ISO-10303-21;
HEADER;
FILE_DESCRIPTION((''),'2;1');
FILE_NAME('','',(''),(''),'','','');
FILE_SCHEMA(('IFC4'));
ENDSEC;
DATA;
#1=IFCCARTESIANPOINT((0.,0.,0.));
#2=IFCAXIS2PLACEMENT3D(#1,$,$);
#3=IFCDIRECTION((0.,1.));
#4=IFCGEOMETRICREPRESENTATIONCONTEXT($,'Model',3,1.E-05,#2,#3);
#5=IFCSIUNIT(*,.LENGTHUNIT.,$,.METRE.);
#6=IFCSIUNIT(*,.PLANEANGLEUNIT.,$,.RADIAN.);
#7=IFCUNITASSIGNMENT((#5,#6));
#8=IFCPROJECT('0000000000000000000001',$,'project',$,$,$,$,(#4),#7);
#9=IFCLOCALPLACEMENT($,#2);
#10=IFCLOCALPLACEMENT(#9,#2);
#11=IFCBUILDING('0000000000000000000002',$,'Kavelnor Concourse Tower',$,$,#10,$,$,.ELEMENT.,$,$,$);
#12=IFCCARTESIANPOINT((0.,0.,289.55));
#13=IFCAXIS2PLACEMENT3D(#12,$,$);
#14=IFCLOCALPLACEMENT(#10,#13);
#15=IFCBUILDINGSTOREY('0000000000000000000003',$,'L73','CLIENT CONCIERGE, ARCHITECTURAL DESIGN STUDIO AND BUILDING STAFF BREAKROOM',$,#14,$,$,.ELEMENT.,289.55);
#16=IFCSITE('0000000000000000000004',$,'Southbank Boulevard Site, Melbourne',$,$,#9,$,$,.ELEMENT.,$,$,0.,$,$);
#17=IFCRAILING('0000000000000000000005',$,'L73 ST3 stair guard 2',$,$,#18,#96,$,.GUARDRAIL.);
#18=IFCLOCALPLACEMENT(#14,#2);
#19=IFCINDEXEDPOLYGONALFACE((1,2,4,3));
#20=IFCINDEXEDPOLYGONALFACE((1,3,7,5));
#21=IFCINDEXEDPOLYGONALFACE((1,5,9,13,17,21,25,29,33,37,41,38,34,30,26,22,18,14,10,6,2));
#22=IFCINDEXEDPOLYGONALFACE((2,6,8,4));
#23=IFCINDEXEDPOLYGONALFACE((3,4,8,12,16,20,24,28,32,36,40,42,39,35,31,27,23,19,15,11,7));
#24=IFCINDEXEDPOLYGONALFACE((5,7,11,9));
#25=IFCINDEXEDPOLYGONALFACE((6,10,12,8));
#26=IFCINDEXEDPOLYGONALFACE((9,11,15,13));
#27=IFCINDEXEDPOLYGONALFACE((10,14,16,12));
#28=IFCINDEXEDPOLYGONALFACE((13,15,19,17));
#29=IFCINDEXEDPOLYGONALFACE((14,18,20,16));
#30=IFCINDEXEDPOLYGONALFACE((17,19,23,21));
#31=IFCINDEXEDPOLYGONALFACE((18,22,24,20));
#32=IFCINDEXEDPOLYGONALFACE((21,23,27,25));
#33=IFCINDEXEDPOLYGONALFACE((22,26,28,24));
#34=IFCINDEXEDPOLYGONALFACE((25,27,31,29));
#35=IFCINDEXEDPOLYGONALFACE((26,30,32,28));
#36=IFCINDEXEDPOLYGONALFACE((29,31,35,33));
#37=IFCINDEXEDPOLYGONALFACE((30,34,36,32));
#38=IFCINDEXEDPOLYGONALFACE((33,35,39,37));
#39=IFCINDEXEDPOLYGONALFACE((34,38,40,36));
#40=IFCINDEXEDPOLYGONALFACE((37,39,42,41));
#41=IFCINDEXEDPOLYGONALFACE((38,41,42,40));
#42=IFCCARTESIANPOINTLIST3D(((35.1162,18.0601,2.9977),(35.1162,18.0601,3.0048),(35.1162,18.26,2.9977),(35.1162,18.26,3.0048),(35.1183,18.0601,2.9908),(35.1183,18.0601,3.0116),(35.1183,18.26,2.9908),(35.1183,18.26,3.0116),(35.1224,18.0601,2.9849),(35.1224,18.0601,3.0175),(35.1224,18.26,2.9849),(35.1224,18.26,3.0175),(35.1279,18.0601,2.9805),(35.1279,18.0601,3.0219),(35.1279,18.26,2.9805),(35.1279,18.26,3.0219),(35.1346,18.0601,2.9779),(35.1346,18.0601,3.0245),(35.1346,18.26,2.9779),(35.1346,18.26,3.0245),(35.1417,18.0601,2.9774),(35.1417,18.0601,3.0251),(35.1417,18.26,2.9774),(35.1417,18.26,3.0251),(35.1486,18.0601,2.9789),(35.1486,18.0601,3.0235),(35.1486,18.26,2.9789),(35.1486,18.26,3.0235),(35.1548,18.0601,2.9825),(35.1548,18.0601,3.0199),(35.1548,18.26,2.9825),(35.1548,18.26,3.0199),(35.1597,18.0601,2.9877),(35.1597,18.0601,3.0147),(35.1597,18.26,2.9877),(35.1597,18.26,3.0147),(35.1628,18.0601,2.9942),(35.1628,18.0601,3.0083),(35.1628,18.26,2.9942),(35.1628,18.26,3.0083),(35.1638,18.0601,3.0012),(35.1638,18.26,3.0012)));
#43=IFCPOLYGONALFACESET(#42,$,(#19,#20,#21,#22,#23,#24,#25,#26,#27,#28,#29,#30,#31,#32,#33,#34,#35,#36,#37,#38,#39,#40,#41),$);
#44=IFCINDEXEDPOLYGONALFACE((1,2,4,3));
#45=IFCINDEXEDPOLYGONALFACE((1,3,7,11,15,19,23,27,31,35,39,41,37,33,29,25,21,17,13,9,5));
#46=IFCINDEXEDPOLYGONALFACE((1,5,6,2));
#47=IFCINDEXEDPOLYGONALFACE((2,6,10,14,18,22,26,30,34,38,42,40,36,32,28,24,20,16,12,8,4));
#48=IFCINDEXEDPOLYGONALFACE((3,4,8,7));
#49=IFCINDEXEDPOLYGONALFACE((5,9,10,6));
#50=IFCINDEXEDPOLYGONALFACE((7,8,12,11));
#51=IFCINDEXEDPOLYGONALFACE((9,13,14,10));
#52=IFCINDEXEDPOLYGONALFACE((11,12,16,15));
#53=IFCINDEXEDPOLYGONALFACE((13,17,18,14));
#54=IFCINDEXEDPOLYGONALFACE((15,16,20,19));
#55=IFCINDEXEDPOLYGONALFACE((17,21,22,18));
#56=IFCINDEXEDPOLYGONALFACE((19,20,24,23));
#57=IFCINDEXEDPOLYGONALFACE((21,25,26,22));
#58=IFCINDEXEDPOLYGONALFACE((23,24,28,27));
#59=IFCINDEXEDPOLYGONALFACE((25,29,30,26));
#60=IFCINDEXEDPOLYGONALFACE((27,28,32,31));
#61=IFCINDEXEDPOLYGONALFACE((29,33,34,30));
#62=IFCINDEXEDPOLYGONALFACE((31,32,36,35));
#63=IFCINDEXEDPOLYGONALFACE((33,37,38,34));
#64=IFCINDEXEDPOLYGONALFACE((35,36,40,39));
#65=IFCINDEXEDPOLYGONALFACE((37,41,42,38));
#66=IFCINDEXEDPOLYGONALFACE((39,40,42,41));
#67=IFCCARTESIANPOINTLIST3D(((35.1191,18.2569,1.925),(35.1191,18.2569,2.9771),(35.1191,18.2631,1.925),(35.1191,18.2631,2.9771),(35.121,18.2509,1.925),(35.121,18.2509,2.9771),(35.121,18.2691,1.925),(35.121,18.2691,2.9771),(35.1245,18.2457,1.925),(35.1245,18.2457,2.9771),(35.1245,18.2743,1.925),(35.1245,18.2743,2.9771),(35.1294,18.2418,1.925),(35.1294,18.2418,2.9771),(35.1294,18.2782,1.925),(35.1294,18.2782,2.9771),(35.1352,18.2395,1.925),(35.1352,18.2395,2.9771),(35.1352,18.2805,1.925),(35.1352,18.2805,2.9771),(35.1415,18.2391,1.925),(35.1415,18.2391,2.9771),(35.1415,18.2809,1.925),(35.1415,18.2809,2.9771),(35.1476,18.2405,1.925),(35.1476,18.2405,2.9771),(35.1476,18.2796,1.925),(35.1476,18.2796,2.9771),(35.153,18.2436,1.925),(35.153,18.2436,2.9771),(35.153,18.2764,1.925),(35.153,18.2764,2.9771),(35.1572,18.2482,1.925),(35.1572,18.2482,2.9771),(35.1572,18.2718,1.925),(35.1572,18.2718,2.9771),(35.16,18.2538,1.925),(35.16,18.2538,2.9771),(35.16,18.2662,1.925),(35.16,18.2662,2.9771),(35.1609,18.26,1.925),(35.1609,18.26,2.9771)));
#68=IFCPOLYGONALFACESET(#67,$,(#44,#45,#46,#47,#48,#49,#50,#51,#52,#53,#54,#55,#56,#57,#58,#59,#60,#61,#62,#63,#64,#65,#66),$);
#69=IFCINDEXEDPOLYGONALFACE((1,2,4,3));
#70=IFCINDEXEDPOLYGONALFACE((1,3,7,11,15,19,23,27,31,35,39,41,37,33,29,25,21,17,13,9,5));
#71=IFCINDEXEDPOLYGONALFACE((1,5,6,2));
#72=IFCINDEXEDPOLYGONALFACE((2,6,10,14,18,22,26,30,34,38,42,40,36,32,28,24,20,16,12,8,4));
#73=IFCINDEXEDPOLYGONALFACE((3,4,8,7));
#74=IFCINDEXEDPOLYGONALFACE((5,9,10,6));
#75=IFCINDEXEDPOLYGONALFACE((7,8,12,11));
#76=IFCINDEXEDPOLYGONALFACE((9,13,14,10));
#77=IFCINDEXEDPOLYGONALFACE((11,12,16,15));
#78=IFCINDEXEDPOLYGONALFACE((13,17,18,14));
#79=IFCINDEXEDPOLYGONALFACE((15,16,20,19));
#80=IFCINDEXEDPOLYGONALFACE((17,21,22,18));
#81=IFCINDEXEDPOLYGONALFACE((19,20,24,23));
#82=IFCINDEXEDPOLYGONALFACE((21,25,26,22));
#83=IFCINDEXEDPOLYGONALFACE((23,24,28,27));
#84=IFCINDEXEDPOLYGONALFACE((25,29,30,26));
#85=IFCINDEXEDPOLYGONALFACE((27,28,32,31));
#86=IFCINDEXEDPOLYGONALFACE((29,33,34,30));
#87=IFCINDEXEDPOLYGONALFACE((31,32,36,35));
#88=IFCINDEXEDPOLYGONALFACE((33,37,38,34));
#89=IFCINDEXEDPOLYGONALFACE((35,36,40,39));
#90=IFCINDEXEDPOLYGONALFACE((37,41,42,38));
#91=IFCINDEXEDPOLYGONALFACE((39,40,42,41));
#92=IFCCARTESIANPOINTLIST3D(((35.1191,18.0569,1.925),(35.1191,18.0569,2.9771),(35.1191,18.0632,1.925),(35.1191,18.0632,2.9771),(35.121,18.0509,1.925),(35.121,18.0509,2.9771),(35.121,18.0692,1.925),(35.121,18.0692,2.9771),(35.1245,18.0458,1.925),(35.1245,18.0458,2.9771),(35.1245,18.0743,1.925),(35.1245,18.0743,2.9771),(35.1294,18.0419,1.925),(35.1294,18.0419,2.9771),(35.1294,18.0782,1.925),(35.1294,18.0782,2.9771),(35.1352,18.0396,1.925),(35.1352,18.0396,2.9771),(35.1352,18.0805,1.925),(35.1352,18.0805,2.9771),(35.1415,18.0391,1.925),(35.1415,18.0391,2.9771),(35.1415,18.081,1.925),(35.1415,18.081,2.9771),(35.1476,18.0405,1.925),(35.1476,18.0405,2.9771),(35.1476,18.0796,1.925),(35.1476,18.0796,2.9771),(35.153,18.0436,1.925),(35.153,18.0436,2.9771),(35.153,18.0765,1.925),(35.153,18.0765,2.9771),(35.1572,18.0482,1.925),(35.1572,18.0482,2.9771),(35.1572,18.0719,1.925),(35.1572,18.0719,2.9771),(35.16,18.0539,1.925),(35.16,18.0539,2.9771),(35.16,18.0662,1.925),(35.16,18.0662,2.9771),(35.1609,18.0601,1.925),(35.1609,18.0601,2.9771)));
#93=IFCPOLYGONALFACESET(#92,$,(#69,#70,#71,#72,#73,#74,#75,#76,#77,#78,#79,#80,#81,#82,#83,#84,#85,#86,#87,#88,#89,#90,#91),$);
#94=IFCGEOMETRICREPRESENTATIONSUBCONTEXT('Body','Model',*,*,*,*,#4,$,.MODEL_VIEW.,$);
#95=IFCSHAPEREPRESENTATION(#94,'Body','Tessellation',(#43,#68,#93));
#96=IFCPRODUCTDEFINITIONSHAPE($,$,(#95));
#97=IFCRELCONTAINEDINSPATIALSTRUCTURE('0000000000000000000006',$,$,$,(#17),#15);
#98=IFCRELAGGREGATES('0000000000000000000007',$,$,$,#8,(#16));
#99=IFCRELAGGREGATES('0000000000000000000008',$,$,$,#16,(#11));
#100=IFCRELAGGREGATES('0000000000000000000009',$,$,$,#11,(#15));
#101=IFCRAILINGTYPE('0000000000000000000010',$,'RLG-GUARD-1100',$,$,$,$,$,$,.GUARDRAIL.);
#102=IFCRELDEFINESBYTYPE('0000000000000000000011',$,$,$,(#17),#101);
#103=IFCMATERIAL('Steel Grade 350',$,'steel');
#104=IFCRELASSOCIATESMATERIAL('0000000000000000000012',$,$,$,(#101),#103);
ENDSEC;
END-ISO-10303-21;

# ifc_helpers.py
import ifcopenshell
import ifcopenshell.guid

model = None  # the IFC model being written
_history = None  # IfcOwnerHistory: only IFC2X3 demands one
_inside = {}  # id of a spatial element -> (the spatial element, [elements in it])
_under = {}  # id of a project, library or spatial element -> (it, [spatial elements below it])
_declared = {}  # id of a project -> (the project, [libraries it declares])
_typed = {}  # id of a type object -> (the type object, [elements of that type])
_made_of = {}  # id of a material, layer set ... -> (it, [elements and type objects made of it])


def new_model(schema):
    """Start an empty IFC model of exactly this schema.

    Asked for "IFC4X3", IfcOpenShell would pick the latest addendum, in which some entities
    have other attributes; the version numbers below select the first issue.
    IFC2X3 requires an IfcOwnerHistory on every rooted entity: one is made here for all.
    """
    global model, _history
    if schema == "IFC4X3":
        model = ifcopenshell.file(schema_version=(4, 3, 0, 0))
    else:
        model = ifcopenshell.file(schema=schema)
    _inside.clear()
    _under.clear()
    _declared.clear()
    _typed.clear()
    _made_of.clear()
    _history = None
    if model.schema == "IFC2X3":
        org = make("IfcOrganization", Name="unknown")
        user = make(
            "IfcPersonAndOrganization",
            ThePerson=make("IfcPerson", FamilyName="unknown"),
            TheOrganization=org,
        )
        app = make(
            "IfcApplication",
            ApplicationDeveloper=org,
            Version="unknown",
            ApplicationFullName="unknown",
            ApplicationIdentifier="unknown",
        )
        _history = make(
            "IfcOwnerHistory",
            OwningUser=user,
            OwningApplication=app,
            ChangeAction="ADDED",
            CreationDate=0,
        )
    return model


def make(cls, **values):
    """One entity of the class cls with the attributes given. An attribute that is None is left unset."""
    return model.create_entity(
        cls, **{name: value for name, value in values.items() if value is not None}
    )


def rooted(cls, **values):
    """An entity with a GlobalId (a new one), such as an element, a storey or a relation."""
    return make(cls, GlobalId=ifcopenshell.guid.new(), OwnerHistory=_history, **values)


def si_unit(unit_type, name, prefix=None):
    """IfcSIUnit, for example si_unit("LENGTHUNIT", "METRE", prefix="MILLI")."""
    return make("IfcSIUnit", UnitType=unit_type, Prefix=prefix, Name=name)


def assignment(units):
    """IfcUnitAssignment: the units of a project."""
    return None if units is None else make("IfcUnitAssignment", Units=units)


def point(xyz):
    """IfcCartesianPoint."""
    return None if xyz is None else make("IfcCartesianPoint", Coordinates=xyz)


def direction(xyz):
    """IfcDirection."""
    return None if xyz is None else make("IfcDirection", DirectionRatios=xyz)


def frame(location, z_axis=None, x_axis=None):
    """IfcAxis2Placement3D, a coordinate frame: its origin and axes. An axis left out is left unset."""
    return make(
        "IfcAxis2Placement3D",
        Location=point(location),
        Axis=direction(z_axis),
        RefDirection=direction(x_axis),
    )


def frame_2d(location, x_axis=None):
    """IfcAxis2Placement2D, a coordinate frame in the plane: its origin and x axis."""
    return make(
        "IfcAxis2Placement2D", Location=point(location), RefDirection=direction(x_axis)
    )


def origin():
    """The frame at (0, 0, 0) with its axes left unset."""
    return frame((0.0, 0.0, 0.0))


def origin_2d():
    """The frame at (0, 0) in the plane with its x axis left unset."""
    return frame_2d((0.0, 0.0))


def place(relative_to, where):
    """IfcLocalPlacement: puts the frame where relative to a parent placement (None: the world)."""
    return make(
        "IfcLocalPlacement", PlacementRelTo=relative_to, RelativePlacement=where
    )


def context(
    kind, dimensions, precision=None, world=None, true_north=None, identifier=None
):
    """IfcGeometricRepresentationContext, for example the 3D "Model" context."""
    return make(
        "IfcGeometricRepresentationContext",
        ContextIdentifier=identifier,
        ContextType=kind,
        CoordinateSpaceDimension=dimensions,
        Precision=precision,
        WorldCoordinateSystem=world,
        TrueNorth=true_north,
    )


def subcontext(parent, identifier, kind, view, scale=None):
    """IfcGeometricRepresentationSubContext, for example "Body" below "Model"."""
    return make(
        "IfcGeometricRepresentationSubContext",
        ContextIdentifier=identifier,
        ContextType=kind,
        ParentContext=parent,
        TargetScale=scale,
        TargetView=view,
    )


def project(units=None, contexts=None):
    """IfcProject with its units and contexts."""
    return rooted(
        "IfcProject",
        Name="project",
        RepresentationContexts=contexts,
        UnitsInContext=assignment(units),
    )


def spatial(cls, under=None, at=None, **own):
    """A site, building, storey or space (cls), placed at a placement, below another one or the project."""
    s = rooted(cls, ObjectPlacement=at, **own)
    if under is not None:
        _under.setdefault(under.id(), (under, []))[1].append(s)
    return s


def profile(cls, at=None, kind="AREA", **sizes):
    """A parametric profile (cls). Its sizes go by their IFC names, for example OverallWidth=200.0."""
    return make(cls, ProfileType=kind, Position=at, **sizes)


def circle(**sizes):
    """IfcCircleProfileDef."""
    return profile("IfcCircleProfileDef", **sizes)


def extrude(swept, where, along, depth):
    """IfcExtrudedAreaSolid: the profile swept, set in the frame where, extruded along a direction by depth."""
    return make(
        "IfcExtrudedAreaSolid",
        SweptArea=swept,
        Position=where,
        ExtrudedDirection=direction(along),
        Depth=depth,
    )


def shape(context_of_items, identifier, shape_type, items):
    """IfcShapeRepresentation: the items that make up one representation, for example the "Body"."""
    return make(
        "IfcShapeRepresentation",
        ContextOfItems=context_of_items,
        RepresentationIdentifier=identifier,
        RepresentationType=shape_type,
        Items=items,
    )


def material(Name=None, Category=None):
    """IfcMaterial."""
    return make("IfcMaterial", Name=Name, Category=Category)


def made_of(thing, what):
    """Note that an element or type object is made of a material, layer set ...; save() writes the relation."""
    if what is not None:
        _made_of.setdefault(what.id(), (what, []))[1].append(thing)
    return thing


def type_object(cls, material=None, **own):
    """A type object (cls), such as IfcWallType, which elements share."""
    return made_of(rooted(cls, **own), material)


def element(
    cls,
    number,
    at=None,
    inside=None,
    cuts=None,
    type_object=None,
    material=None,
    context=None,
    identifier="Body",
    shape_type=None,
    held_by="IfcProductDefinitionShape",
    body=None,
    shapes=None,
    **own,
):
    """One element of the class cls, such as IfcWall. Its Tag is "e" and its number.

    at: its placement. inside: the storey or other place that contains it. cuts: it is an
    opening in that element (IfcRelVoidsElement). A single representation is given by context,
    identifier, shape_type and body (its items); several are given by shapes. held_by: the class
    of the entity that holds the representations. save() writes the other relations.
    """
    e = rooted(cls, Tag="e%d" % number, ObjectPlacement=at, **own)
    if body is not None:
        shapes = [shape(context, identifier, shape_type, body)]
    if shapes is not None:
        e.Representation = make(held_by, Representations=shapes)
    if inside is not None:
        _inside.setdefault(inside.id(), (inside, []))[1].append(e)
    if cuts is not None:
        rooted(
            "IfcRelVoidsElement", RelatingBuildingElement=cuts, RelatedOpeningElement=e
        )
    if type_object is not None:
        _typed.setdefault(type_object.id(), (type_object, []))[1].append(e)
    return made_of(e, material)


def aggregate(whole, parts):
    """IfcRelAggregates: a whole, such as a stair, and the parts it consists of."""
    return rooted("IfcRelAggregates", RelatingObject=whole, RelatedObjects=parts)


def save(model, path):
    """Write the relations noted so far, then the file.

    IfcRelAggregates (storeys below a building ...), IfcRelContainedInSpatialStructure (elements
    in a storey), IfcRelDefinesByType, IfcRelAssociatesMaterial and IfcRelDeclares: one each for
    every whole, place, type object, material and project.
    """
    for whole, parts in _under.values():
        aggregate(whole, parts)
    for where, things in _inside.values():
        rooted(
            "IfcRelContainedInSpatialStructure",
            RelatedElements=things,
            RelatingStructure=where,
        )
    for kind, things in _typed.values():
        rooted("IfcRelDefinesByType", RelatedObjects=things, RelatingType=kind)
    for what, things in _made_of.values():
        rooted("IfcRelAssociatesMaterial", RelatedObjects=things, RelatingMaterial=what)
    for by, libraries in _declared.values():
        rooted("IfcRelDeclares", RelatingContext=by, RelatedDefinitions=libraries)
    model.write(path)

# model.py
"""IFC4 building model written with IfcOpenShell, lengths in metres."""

from ifc_helpers import new_model, si_unit, direction, frame, origin, origin_2d, place, context, subcontext, project, spatial, circle, extrude, material, type_object, element, save


model = new_model("IFC4")

# Units and contexts
model_context = context("Model", 3, precision=1e-05, world=origin(), true_north=direction((0.0, 1.0)))
body_context = subcontext(model_context, "Body", "Model", "MODEL_VIEW")
ifc_project = project(units=[si_unit("LENGTHUNIT", "METRE"), si_unit("PLANEANGLEUNIT", "RADIAN")], contexts=[model_context])

# Site, building, storey
site_placement = place(None, origin())
site = spatial("IfcSite", under=ifc_project, at=site_placement, Name="Southbank Boulevard Site, Melbourne", CompositionType="ELEMENT", RefElevation=0.0)
building_placement = place(site_placement, origin())
building = spatial("IfcBuilding", under=site, at=building_placement, Name="Kavelnor Concourse Tower", CompositionType="ELEMENT")
storey_placement = place(building_placement, frame((0.0, 0.0, 289.55)))
storey = spatial("IfcBuildingStorey", under=building, at=storey_placement, Name="L73", Description="CLIENT CONCIERGE, ARCHITECTURAL DESIGN STUDIO AND BUILDING STAFF BREAKROOM", CompositionType="ELEMENT", Elevation=289.55)

# Shared definitions
ifc_material_1 = material(Name="Steel Grade 350", Category="steel")

# Railing
railing_type_1 = type_object("IfcRailingType", Name="RLG-GUARD-1100", PredefinedType="GUARDRAIL", material=ifc_material_1)
railing_1_placement = place(storey_placement, frame((35.1399, 18.26, 1.925)))
element("IfcRailing", 1, at=railing_1_placement, inside=storey, type_object=railing_type_1, Name="L73 ST3 stair guard 2", PredefinedType="GUARDRAIL", context=body_context, shape_type="SweptSolid", body=[
    extrude(circle(Radius=0.0239, at=origin_2d()), frame((0.0, 0.0, 1.0762), z_axis=(0.0, -1.0, 0.0), x_axis=(1.0, 0.0, 0.0)), (0.0, 0.0, 1.0), 0.2),
    extrude(circle(Radius=0.021, at=origin_2d()), origin(), (0.0, 0.0, 1.0), 1.052),
    extrude(circle(Radius=0.021, at=origin_2d()), frame((0.0, -0.2, 0.0)), (0.0, 0.0, 1.0), 1.052),
])

save(model, "model.ifc")
